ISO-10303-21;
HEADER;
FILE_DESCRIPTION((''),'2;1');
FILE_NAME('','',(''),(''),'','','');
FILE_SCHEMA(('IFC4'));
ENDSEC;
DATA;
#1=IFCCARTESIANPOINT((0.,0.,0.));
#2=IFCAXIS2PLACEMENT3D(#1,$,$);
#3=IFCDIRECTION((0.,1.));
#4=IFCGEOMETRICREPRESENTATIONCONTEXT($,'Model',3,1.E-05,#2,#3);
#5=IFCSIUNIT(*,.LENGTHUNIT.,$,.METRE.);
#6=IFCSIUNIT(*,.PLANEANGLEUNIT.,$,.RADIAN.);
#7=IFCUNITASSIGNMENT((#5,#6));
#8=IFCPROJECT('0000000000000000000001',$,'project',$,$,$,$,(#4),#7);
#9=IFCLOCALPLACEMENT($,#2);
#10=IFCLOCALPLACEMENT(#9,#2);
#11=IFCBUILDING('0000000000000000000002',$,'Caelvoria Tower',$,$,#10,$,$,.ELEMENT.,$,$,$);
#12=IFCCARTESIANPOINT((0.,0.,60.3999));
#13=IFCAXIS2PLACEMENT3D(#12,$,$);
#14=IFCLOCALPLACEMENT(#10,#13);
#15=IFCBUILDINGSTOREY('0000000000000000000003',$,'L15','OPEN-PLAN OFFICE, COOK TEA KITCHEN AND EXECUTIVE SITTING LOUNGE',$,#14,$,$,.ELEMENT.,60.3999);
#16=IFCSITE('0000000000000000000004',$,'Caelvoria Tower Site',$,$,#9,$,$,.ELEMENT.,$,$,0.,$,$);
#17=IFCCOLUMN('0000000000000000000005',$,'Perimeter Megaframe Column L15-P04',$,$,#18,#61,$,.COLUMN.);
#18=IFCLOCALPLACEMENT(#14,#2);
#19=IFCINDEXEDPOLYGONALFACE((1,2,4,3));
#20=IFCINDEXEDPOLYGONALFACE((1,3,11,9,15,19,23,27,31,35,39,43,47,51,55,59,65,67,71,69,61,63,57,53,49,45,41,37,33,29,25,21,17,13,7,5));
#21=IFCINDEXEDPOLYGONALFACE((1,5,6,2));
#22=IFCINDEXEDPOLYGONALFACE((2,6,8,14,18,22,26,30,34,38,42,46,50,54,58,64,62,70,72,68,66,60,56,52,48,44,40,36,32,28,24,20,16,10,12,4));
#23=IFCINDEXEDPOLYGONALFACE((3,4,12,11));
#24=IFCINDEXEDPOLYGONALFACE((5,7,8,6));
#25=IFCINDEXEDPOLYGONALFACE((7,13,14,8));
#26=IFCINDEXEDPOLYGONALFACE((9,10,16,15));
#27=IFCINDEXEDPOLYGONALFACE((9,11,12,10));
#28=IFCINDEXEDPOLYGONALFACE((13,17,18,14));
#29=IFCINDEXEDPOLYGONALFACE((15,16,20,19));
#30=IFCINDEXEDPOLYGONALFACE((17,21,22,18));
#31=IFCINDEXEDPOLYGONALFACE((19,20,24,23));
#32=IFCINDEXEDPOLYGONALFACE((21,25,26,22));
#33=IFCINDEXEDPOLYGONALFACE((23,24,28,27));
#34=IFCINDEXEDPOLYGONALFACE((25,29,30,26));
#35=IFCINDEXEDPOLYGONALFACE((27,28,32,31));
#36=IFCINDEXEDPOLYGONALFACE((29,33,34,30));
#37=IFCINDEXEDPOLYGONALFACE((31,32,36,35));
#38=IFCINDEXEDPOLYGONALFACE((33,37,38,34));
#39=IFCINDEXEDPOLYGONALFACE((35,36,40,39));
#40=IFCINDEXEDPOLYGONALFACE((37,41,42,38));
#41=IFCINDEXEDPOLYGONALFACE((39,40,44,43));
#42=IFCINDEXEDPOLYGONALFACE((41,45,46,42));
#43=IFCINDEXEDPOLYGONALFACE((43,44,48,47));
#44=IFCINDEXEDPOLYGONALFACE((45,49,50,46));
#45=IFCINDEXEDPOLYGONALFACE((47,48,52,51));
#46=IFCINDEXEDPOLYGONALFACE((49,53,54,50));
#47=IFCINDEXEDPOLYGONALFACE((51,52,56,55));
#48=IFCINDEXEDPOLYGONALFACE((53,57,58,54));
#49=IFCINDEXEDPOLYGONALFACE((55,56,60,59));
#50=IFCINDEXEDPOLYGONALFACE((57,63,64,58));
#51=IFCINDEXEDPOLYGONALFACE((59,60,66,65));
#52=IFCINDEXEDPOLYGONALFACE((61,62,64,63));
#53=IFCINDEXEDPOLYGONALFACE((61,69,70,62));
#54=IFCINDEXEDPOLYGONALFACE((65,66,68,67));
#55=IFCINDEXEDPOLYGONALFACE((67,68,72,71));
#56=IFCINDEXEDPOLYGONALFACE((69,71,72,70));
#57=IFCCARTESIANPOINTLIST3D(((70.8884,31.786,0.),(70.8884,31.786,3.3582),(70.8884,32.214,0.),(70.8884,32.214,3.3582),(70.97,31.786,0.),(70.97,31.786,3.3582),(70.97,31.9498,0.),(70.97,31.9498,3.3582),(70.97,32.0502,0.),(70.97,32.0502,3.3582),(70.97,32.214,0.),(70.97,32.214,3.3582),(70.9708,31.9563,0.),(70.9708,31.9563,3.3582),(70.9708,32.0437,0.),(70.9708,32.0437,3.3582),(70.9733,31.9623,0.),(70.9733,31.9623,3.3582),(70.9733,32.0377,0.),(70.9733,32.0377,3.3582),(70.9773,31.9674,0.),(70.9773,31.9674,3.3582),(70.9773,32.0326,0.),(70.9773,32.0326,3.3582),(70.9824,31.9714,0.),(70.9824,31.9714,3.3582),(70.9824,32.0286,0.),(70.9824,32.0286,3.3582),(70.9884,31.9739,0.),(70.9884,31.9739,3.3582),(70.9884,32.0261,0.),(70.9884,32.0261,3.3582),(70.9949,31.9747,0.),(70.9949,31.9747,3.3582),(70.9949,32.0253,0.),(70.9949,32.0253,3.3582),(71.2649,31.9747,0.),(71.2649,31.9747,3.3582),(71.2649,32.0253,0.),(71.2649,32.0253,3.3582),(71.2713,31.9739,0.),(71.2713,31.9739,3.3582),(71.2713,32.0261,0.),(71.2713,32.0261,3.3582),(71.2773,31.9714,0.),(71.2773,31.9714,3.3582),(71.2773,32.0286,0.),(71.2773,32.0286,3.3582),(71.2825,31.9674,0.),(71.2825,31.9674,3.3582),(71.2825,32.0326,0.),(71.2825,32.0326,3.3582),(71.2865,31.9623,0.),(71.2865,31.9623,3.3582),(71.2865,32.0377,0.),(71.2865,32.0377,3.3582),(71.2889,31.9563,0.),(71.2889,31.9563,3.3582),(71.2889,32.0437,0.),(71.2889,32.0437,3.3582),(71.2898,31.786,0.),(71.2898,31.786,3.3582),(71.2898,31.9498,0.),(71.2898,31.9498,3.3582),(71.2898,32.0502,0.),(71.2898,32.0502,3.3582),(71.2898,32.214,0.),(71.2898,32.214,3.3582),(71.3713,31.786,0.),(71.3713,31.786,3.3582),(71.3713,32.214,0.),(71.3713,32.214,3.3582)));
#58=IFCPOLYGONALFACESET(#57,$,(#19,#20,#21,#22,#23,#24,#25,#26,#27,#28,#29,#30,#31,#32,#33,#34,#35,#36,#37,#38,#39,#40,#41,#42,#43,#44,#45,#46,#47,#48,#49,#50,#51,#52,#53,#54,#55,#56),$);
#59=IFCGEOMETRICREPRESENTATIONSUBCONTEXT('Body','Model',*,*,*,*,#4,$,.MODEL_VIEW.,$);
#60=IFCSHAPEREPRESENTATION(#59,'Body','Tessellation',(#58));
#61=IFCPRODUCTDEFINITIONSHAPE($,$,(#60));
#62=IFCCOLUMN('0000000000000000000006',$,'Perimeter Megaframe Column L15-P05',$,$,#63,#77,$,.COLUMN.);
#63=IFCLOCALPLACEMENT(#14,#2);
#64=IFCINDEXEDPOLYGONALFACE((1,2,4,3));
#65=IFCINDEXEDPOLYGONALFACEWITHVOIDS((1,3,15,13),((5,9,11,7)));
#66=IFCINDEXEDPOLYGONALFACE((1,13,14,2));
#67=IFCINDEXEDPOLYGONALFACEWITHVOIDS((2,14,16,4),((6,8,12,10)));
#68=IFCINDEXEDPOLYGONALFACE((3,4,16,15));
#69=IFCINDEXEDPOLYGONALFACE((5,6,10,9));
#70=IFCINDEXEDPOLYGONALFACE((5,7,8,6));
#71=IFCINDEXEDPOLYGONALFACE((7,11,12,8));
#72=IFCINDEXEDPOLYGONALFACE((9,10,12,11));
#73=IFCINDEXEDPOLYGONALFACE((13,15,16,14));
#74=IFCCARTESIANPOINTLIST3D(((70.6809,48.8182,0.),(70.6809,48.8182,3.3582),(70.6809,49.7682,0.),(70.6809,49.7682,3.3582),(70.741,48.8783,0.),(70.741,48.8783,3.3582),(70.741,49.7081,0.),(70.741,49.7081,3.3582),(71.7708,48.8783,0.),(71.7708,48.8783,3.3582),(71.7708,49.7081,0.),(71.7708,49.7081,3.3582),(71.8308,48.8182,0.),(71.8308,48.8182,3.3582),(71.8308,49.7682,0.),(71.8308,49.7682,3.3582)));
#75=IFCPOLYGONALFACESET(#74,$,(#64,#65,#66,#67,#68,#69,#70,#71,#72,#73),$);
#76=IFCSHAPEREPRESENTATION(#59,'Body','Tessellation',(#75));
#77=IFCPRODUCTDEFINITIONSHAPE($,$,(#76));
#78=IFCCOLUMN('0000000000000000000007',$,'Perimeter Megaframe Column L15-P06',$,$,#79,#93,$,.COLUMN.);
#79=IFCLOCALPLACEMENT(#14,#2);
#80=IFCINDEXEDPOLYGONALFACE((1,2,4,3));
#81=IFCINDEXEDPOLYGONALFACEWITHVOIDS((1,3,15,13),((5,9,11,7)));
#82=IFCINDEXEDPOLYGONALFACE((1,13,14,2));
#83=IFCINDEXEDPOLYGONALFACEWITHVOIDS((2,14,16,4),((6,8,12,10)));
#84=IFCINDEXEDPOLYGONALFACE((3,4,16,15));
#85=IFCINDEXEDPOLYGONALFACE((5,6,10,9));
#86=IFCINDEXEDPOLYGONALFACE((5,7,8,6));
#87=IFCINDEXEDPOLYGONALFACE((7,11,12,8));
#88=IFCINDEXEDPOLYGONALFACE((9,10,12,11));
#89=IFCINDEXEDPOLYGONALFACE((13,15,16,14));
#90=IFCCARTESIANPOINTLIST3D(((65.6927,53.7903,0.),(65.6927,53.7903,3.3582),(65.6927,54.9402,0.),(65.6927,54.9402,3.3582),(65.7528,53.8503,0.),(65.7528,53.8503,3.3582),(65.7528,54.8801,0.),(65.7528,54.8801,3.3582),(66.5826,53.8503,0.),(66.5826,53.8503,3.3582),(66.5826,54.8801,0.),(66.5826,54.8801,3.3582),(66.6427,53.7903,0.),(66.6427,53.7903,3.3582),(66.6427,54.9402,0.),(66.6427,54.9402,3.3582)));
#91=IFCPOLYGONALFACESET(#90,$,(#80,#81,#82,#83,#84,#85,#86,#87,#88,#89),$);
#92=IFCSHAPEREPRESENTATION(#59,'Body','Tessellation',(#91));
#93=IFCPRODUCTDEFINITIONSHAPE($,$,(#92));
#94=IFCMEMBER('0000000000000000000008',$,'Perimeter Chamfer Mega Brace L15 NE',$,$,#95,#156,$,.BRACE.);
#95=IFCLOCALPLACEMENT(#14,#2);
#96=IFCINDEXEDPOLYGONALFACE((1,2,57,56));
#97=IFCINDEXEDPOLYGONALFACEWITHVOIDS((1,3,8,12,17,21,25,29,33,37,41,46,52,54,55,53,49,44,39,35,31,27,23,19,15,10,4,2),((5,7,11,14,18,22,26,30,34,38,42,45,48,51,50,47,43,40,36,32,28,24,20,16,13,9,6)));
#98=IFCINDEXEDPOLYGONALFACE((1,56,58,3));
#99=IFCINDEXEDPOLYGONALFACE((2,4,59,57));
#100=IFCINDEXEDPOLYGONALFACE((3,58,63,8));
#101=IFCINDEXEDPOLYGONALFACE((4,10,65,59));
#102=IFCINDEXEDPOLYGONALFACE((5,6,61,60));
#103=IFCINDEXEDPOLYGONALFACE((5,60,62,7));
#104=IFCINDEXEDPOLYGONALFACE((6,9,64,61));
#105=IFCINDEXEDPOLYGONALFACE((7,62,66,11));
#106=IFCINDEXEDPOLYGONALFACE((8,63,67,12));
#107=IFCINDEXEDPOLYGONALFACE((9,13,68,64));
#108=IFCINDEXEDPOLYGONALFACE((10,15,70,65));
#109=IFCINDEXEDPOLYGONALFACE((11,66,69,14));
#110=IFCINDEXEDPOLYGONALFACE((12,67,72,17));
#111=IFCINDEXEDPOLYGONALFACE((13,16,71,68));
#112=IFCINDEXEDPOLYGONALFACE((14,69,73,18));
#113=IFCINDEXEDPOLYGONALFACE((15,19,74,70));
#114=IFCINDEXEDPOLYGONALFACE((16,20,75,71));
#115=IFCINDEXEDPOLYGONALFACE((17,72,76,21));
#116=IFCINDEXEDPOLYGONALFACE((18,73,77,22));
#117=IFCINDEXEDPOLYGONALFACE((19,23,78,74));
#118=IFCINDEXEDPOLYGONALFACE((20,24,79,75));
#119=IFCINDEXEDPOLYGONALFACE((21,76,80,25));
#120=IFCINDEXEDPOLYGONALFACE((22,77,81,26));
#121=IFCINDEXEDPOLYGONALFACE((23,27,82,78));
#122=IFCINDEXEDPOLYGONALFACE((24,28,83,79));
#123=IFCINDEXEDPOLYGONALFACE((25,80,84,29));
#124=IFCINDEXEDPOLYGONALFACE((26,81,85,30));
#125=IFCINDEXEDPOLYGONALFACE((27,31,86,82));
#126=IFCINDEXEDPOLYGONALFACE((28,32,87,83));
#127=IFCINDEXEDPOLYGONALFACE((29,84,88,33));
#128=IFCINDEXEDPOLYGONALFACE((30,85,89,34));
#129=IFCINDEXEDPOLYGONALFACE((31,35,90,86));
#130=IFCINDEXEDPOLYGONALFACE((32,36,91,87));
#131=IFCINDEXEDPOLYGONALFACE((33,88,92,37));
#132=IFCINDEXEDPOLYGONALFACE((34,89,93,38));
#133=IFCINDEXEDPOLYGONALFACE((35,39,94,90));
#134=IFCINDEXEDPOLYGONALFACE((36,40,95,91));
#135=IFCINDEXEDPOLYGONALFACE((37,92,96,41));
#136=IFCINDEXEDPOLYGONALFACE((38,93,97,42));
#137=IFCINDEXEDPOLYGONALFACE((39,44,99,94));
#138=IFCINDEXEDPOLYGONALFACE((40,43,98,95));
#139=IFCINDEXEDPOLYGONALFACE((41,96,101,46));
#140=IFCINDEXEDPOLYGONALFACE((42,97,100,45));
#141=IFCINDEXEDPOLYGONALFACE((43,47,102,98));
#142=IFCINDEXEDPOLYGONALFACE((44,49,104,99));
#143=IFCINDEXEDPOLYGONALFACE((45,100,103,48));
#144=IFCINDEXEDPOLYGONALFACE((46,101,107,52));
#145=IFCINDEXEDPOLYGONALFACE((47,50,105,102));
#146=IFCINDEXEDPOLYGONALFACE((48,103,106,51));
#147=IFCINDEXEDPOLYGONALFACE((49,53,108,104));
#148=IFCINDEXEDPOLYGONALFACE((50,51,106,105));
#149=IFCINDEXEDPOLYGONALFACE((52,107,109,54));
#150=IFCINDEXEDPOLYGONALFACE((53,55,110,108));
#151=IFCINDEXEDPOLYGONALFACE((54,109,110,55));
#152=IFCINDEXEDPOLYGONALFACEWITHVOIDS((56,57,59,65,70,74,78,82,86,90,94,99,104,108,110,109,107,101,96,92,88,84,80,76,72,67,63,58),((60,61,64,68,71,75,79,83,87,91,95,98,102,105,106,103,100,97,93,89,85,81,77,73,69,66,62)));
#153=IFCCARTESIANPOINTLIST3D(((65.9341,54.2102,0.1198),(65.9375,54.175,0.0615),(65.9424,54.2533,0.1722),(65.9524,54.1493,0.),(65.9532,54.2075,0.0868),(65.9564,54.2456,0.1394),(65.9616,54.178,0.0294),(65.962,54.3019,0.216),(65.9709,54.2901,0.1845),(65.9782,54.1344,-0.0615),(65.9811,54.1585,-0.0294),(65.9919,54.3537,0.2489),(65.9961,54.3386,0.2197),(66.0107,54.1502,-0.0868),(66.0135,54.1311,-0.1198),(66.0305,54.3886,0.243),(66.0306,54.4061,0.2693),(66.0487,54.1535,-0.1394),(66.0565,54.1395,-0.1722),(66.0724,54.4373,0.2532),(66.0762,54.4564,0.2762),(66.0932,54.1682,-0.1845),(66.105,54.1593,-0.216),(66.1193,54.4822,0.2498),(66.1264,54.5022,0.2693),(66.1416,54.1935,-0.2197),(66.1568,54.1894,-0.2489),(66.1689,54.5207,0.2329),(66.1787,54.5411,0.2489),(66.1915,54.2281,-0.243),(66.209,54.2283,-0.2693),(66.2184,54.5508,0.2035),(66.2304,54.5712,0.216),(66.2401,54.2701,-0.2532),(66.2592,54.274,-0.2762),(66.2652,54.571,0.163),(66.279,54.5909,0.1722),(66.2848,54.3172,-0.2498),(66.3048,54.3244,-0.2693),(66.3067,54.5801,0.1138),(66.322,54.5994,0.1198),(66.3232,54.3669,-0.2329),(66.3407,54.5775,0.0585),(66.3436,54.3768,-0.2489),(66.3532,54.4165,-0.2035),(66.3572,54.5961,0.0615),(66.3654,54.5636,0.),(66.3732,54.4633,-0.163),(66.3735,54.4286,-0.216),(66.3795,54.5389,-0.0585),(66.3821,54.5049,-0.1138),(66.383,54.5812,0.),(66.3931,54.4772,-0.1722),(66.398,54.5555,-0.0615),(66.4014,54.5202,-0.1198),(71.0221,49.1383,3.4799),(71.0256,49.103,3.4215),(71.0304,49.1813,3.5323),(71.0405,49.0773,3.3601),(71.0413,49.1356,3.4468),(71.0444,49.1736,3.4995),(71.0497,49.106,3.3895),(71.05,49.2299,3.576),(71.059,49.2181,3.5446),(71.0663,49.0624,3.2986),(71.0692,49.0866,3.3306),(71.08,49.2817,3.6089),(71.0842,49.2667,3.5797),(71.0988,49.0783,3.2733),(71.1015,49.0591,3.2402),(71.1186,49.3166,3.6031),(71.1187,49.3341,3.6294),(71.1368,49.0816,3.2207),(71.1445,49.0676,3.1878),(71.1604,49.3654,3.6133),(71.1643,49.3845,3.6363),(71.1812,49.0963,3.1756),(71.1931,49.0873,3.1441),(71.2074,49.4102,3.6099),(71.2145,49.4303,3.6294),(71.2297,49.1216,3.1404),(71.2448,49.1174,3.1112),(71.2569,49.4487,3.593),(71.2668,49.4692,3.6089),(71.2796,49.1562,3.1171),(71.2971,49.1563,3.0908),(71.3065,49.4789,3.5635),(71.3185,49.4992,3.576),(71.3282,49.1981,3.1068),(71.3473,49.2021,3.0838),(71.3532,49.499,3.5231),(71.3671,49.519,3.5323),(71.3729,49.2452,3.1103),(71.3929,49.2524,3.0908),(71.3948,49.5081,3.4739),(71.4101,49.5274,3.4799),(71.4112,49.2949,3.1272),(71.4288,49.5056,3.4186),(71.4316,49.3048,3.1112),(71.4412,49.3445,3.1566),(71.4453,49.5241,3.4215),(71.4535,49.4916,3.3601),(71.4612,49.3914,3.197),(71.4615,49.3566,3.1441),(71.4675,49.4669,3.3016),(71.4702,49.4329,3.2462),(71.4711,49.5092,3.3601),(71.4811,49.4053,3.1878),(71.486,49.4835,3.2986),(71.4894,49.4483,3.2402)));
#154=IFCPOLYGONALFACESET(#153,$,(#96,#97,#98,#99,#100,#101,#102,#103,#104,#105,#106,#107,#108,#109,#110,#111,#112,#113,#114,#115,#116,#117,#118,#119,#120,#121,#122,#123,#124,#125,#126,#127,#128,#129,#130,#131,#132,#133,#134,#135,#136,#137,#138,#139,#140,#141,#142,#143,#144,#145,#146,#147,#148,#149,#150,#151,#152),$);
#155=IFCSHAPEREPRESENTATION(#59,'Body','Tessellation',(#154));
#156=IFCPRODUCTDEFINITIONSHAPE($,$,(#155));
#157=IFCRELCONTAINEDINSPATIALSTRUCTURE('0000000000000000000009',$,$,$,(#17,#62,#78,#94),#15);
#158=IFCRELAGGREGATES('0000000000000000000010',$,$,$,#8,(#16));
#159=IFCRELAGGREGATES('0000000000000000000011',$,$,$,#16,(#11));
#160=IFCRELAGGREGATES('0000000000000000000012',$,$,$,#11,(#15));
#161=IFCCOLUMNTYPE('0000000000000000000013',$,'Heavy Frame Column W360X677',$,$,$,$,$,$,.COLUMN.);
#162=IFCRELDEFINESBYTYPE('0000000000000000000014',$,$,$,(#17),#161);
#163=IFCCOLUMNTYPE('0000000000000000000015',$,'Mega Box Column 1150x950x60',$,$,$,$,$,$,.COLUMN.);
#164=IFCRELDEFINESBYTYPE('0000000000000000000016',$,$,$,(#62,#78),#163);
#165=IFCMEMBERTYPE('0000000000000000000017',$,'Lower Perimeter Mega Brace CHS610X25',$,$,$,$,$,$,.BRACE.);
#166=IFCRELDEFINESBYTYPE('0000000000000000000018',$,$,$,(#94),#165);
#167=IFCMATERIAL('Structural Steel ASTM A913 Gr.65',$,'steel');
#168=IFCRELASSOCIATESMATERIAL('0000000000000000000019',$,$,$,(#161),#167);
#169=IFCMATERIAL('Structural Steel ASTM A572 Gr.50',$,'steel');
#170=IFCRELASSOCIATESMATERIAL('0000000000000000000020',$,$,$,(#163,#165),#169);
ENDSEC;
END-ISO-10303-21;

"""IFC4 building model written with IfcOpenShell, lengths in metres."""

from ifc_helpers import new_model, si_unit, direction, frame, origin, origin_2d, place, context, subcontext, project, spatial, hollow_rectangle, hollow_circle, i_section, extrude, material, material_profile, profile_set, type_object, element, save


model = new_model("IFC4")

# Units and contexts
model_context = context("Model", 3, precision=1e-05, world=origin(), true_north=direction((0.0, 1.0)))
body_context = subcontext(model_context, "Body", "Model", "MODEL_VIEW")
ifc_project = project(units=[si_unit("LENGTHUNIT", "METRE"), si_unit("PLANEANGLEUNIT", "RADIAN")], contexts=[model_context])

# Site, building, storey
site_placement = place(None, origin())
site = spatial("IfcSite", under=ifc_project, at=site_placement, Name="Caelvoria Tower Site", CompositionType="ELEMENT", RefElevation=0.0)
building_placement = place(site_placement, origin())
building = spatial("IfcBuilding", under=site, at=building_placement, Name="Caelvoria Tower", CompositionType="ELEMENT")
storey_placement = place(building_placement, frame((0.0, 0.0, 60.3999)))
storey = spatial("IfcBuildingStorey", under=building, at=storey_placement, Name="L15", Description="OPEN-PLAN OFFICE, COOK TEA KITCHEN AND EXECUTIVE SITTING LOUNGE", CompositionType="ELEMENT", Elevation=60.3999)

# Columns
ifc_material_1 = material(Name="Structural Steel ASTM A913 Gr.65", Category="steel")
ifc_material_profile_1 = material_profile(ifc_material_1, i_section(OverallWidth=0.428, OverallDepth=0.4829, WebThickness=0.0505, FlangeThickness=0.0815, FilletRadius=0.0249, at=origin_2d()), Name="Structural Steel ASTM A913 Gr.65")
ifc_profile_set_1 = profile_set([ifc_material_profile_1], Name="W360X677 - Structural Steel ASTM A913 Gr.65")
column_type_1 = type_object("IfcColumnType", Name="Heavy Frame Column W360X677", PredefinedType="COLUMN", material=ifc_profile_set_1)
column_placement = place(storey_placement, frame((71.1299, 32.0, 0.0), z_axis=(0.0, 0.0, 1.0), x_axis=(0.0, 1.0, 0.0)))
element("IfcColumn", 1, at=column_placement, inside=storey, type_object=column_type_1, Name="Perimeter Megaframe Column L15-P04", PredefinedType="COLUMN", context=body_context, shape_type="SweptSolid", body=[
    extrude(i_section(OverallWidth=0.428, OverallDepth=0.4829, WebThickness=0.0505, FlangeThickness=0.0815, FilletRadius=0.0249, at=origin_2d()), origin(), (0.0, 0.0, 1.0), 3.3582),
])
ifc_material_2 = material(Name="Structural Steel ASTM A572 Gr.50", Category="steel")
ifc_material_profile_2 = material_profile(ifc_material_2, hollow_rectangle(XDim=0.95, YDim=1.1499, WallThickness=0.0601, at=origin_2d()), Name="Structural Steel ASTM A572 Gr.50")
ifc_profile_set_2 = profile_set([ifc_material_profile_2], Name="BOX1150X950X60 - Structural Steel ASTM A572 Gr.50")
column_type_2 = type_object("IfcColumnType", Name="Mega Box Column 1150x950x60", PredefinedType="COLUMN", material=ifc_profile_set_2)
for number, where, z_axis, x_axis, name in (
    (2, (71.2559, 49.2932, 0.0), (0.0, 0.0, 1.0), (0.0, 1.0, 0.0), "Perimeter Megaframe Column L15-P05"),
    (3, (66.1677, 54.3652, 0.0), (0.0, 0.0, 1.0), (1.0, 0.0, 0.0), "Perimeter Megaframe Column L15-P06"),
):
    element("IfcColumn", number, at=place(storey_placement, frame(where, z_axis=z_axis, x_axis=x_axis)), inside=storey, type_object=column_type_2, Name=name, PredefinedType="COLUMN", context=body_context, shape_type="SweptSolid", body=[
        extrude(hollow_rectangle(XDim=0.95, YDim=1.1499, WallThickness=0.0601, at=origin_2d()), origin(), (0.0, 0.0, 1.0), 3.3582),
    ])

# Member
ifc_material_profile_3 = material_profile(ifc_material_2, hollow_circle(Radius=0.3049, WallThickness=0.0249, at=origin_2d()), Name="Structural Steel ASTM A572 Gr.50")
ifc_profile_set_3 = profile_set([ifc_material_profile_3], Name="CHS610X25 - Structural Steel ASTM A572 Gr.50")
member_type = type_object("IfcMemberType", Name="Lower Perimeter Mega Brace CHS610X25", PredefinedType="BRACE", material=ifc_profile_set_3)
member_1_placement = place(storey_placement, frame((66.1677, 54.3652, 0.0), z_axis=(0.641529, -0.639498, 0.423654), x_axis=(0.705984, 0.708227, 0.0)))
element("IfcMember", 4, at=member_1_placement, inside=storey, type_object=member_type, Name="Perimeter Chamfer Mega Brace L15 NE", PredefinedType="BRACE", context=body_context, shape_type="SweptSolid", body=[
    extrude(hollow_circle(Radius=0.3049, WallThickness=0.0249, at=origin_2d()), origin(), (0.0, 0.0, 1.0), 7.9312),
])

save(model, "model.ifc")
